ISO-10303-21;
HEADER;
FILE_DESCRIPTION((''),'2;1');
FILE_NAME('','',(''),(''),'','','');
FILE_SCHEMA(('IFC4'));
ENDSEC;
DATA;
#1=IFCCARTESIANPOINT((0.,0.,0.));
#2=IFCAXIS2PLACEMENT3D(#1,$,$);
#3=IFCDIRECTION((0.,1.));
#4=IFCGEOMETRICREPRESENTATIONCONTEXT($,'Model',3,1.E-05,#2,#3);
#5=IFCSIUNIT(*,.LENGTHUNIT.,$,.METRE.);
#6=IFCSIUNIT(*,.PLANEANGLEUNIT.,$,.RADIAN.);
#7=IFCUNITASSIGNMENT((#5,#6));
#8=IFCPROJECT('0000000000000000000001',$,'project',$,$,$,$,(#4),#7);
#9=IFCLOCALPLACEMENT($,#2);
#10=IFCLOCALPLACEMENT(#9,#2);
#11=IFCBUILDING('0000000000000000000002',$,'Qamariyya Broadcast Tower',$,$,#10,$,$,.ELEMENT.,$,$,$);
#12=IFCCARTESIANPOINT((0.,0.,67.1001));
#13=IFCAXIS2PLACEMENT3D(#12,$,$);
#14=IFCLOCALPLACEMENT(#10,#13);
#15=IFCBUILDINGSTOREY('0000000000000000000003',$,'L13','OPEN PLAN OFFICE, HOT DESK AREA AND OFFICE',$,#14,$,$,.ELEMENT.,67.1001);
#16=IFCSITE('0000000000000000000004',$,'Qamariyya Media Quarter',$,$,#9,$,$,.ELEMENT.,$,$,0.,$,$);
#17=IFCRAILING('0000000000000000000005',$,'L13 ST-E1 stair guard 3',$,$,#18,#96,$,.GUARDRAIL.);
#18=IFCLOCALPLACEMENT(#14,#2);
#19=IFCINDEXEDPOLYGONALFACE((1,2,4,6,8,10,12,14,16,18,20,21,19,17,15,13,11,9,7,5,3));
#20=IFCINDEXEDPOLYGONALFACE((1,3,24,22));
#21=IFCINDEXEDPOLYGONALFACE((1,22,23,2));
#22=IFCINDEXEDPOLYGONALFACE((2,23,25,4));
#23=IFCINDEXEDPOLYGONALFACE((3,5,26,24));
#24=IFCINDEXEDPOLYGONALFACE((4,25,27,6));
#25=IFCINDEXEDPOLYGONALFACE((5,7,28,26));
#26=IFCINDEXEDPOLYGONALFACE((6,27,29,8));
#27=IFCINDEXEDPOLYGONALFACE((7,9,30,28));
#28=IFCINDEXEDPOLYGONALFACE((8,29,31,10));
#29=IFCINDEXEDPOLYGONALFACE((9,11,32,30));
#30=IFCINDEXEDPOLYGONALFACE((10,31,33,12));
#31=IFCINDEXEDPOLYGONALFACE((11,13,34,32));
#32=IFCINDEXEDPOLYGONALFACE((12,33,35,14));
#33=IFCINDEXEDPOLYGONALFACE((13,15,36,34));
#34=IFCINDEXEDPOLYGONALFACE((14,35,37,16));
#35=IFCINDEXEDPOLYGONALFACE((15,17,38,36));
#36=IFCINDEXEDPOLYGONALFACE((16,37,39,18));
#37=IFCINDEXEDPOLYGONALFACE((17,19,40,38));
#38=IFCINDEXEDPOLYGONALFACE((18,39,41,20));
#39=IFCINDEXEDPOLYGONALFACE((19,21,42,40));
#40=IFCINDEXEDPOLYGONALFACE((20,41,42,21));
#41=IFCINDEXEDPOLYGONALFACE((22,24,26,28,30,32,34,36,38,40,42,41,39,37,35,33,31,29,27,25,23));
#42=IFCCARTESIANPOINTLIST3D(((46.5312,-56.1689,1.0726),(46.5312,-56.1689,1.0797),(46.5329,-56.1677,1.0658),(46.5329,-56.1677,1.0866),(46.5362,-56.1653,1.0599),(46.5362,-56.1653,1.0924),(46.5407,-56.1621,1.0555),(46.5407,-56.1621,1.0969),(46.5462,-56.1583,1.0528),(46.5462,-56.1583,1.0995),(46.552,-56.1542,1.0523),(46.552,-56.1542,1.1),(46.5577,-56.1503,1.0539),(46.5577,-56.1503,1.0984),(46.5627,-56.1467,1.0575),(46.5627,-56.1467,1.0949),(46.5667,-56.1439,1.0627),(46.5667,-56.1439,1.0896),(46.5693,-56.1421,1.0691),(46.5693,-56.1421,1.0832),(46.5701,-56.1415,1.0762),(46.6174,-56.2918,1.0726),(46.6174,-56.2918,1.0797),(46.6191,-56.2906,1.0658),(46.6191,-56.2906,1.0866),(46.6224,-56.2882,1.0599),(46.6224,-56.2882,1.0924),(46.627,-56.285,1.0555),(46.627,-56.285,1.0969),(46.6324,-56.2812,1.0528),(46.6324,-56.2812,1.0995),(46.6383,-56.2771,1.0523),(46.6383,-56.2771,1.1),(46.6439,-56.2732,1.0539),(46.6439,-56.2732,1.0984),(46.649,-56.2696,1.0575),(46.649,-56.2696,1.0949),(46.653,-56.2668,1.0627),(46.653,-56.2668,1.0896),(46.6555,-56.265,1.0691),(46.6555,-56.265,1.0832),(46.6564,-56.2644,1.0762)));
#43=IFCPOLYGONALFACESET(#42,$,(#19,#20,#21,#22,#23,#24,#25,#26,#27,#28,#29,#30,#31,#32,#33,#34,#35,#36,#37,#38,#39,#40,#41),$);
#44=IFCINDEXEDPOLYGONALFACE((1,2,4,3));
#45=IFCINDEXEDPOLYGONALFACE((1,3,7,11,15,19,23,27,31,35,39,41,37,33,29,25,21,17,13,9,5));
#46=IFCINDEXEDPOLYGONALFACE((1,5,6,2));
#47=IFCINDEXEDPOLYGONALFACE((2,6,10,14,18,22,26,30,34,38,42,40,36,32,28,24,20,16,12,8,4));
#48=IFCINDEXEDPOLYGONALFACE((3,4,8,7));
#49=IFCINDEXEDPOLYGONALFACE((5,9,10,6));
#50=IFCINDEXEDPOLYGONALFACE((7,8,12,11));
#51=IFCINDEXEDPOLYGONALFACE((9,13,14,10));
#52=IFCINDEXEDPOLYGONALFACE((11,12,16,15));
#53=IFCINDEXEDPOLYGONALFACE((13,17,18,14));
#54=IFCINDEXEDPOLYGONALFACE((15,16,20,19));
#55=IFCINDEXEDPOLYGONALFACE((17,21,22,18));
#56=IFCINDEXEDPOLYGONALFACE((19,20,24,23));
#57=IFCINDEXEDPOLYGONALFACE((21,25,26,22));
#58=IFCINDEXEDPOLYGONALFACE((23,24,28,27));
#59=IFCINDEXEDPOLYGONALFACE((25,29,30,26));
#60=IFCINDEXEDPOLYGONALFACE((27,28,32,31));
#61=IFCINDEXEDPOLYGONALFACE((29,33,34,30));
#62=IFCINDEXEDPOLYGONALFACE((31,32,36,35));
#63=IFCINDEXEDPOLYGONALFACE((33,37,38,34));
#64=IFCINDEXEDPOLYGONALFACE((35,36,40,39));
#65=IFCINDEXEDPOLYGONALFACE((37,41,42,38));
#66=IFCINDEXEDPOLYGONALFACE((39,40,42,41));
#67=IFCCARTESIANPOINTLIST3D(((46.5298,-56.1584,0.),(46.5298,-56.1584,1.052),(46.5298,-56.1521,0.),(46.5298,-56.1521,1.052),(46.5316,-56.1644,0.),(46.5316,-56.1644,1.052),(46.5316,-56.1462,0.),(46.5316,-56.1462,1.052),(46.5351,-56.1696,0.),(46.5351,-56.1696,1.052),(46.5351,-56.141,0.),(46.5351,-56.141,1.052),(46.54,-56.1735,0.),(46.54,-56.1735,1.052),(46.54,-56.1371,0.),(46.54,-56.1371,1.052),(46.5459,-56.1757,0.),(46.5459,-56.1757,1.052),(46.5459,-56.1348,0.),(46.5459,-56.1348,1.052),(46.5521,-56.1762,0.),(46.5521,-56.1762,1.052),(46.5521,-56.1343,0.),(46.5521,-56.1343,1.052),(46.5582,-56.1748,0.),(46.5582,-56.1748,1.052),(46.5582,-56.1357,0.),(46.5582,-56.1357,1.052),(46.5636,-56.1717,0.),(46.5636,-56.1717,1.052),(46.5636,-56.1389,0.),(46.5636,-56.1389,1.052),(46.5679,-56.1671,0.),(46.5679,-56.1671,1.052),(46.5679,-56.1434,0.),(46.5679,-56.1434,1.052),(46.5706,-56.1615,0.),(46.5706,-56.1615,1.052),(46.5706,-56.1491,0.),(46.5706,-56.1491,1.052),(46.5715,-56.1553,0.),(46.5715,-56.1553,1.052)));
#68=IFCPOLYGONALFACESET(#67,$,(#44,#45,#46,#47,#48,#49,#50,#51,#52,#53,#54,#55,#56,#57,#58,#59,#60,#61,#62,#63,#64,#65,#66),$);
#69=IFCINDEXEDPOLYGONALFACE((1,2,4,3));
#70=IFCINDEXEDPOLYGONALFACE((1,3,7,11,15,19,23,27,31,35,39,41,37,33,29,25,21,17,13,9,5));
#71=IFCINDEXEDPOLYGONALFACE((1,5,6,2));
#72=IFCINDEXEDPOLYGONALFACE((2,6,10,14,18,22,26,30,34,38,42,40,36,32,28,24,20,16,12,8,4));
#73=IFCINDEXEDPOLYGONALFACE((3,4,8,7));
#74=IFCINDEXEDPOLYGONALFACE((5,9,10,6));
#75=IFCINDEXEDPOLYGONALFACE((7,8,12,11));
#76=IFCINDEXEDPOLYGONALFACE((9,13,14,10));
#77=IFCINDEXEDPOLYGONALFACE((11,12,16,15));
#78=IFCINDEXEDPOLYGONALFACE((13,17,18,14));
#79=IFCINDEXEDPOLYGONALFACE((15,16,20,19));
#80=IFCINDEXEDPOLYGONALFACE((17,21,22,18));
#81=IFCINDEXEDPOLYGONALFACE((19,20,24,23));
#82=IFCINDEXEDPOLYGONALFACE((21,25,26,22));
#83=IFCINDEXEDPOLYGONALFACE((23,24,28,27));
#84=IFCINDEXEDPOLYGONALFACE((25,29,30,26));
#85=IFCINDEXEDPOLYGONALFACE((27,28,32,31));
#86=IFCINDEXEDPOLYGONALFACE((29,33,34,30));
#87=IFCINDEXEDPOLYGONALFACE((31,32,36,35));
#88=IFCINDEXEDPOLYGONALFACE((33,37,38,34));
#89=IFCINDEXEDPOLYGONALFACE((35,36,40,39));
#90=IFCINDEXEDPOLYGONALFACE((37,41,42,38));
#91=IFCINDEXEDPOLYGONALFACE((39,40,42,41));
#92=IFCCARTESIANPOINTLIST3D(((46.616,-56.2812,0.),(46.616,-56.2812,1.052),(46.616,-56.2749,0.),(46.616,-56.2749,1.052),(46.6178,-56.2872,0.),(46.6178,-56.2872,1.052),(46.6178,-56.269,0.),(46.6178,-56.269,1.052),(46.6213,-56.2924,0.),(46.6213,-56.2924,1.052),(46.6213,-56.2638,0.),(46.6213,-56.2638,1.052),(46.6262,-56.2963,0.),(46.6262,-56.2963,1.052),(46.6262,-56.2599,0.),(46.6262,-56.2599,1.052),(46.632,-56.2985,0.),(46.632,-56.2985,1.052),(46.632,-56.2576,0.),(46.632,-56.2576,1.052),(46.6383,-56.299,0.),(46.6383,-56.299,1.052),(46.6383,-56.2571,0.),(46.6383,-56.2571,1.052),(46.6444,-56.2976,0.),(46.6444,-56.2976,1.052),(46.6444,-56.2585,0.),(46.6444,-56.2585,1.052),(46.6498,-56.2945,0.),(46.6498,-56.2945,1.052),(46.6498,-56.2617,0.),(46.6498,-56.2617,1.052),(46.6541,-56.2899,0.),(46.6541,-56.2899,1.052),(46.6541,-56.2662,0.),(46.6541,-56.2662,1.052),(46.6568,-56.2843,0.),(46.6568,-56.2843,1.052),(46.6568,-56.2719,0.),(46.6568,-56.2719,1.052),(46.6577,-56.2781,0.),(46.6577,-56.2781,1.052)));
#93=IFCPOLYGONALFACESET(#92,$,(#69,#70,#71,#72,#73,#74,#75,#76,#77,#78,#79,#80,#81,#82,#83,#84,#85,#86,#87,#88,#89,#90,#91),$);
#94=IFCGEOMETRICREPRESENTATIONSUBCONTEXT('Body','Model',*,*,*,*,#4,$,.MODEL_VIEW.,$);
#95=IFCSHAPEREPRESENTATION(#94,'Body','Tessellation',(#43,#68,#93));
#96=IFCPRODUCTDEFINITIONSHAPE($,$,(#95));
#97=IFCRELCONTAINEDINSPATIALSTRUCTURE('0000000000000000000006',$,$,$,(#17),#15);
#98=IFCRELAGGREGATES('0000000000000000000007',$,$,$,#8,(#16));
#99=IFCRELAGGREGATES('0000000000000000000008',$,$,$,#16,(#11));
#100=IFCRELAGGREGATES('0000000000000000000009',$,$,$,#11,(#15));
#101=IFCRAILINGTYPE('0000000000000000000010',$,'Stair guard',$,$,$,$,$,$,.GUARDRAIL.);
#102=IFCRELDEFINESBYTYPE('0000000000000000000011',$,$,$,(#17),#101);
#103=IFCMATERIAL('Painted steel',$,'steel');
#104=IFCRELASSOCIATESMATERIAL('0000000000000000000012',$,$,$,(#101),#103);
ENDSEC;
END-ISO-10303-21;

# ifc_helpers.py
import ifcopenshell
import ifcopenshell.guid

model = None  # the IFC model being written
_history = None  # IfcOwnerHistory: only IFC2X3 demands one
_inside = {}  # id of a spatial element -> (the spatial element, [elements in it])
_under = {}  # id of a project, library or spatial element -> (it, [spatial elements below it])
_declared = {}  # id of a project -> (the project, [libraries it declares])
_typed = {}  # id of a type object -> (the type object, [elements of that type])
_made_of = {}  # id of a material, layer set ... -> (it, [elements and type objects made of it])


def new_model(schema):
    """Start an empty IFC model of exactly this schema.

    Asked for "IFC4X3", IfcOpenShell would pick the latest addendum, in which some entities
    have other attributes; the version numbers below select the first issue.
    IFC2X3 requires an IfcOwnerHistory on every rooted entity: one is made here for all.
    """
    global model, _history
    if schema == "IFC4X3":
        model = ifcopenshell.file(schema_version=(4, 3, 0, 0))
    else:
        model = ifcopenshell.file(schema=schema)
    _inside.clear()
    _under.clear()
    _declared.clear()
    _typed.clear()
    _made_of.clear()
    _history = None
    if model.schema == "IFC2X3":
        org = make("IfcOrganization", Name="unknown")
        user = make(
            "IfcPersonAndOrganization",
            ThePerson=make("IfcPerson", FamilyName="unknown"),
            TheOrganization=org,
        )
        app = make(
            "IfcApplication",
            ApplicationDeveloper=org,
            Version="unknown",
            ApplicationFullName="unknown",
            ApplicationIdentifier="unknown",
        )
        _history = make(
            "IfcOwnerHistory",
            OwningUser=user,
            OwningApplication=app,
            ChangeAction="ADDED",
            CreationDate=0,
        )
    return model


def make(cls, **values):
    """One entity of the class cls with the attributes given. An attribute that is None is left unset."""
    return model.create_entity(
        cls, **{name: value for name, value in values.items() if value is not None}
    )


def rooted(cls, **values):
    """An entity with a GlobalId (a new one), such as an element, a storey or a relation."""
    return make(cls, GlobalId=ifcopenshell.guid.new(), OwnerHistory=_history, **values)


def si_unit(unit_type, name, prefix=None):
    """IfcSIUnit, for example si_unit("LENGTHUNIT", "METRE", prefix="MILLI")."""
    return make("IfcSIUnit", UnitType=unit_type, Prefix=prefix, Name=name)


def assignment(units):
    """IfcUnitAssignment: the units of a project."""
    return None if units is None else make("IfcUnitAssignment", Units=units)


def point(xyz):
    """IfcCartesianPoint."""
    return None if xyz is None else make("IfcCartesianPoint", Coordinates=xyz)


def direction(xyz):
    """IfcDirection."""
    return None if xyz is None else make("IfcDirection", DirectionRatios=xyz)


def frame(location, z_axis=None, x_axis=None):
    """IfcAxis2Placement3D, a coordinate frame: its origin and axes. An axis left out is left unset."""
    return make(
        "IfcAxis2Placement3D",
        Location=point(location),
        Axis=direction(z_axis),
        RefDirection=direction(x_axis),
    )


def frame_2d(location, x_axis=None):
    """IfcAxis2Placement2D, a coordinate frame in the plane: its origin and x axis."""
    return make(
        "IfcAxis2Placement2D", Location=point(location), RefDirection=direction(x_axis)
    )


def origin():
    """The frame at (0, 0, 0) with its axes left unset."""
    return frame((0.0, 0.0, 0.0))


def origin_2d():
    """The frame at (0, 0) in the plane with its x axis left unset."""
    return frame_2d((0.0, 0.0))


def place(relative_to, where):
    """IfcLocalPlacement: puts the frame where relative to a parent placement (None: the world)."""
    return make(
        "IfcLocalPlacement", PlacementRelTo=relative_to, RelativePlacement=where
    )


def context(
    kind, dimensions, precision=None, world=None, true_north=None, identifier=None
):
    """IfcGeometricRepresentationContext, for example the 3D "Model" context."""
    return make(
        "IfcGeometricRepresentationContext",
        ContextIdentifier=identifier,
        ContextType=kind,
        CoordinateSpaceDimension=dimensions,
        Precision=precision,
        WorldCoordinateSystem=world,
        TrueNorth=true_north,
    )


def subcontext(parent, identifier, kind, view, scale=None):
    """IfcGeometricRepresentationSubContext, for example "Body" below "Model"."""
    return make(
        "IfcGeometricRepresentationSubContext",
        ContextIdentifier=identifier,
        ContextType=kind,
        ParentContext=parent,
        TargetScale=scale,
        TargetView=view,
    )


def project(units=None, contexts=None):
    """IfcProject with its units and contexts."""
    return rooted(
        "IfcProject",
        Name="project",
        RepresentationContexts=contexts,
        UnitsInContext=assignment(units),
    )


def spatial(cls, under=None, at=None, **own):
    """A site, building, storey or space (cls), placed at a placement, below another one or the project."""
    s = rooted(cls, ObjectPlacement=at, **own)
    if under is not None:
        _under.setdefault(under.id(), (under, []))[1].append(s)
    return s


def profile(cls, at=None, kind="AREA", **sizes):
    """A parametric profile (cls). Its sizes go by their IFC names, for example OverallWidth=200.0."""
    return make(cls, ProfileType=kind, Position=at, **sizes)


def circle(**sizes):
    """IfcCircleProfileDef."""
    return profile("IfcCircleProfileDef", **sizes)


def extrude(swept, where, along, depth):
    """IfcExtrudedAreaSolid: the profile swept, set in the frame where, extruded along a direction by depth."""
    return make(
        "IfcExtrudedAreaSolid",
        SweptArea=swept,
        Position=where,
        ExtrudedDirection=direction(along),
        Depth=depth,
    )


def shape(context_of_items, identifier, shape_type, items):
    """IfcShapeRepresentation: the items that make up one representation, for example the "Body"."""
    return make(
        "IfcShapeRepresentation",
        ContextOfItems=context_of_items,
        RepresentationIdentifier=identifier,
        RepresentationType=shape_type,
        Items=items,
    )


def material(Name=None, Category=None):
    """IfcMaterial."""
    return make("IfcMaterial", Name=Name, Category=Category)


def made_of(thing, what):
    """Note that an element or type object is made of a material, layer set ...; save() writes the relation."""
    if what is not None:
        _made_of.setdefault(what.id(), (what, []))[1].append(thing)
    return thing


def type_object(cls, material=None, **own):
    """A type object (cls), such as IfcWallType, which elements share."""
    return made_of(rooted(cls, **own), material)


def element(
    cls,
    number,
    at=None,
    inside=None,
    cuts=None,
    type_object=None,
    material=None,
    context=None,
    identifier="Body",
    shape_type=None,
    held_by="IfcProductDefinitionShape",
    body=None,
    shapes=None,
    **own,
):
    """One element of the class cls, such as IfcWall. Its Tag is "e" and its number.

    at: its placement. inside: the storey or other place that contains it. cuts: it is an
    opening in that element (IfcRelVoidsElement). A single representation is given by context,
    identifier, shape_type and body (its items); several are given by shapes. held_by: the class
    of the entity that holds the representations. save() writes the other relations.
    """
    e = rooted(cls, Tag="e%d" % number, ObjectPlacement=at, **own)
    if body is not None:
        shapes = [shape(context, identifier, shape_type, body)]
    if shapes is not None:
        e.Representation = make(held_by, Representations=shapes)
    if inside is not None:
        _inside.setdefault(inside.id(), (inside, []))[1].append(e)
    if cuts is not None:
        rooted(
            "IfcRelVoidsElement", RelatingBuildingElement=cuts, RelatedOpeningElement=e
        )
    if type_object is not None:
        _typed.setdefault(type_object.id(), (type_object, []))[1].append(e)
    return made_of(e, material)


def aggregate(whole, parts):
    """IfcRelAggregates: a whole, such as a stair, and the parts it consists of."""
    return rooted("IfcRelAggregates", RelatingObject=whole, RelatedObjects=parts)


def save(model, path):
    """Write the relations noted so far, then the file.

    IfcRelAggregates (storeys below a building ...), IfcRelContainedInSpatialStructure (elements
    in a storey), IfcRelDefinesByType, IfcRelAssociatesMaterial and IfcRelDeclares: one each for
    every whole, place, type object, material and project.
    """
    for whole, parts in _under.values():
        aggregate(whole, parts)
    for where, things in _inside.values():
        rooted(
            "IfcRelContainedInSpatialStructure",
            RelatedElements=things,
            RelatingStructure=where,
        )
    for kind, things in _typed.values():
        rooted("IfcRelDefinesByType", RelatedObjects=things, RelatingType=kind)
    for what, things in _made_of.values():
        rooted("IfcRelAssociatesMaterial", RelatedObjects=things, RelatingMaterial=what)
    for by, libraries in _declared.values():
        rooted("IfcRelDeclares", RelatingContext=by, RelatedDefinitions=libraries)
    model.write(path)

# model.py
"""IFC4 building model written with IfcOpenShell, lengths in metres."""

from ifc_helpers import new_model, si_unit, direction, frame, origin, origin_2d, place, context, subcontext, project, spatial, circle, extrude, material, type_object, element, save


model = new_model("IFC4")

# Units and contexts
model_context = context("Model", 3, precision=1e-05, world=origin(), true_north=direction((0.0, 1.0)))
body_context = subcontext(model_context, "Body", "Model", "MODEL_VIEW")
ifc_project = project(units=[si_unit("LENGTHUNIT", "METRE"), si_unit("PLANEANGLEUNIT", "RADIAN")], contexts=[model_context])

# Site, building, storey
site_placement = place(None, origin())
site = spatial("IfcSite", under=ifc_project, at=site_placement, Name="Qamariyya Media Quarter", CompositionType="ELEMENT", RefElevation=0.0)
building_placement = place(site_placement, origin())
building = spatial("IfcBuilding", under=site, at=building_placement, Name="Qamariyya Broadcast Tower", CompositionType="ELEMENT")
storey_placement = place(building_placement, frame((0.0, 0.0, 67.1001)))
storey = spatial("IfcBuildingStorey", under=building, at=storey_placement, Name="L13", Description="OPEN PLAN OFFICE, HOT DESK AREA AND OFFICE", CompositionType="ELEMENT", Elevation=67.1001)

# Railing
ifc_material_1 = material(Name="Painted steel", Category="steel")
railing_type_1 = type_object("IfcRailingType", Name="Stair guard", PredefinedType="GUARDRAIL", material=ifc_material_1)
railing_1_placement = place(storey_placement, frame((46.5505, -56.1553, 0.0)))
element("IfcRailing", 1, at=railing_1_placement, inside=storey, type_object=railing_type_1, Name="L13 ST-E1 stair guard 3", PredefinedType="GUARDRAIL", context=body_context, shape_type="SweptSolid", body=[
    extrude(circle(Radius=0.0239, at=origin_2d()), frame((0.0, 0.0, 1.0762), z_axis=(0.574445, -0.818543, 0.0), x_axis=(0.818543, 0.574445, 0.0)), (0.0, 0.0, 1.0), 0.1501),
    extrude(circle(Radius=0.021, at=origin_2d()), origin(), (0.0, 0.0, 1.0), 1.052),
    extrude(circle(Radius=0.021, at=origin_2d()), frame((0.0862, -0.1228, 0.0)), (0.0, 0.0, 1.0), 1.052),
])

save(model, "model.ifc")
